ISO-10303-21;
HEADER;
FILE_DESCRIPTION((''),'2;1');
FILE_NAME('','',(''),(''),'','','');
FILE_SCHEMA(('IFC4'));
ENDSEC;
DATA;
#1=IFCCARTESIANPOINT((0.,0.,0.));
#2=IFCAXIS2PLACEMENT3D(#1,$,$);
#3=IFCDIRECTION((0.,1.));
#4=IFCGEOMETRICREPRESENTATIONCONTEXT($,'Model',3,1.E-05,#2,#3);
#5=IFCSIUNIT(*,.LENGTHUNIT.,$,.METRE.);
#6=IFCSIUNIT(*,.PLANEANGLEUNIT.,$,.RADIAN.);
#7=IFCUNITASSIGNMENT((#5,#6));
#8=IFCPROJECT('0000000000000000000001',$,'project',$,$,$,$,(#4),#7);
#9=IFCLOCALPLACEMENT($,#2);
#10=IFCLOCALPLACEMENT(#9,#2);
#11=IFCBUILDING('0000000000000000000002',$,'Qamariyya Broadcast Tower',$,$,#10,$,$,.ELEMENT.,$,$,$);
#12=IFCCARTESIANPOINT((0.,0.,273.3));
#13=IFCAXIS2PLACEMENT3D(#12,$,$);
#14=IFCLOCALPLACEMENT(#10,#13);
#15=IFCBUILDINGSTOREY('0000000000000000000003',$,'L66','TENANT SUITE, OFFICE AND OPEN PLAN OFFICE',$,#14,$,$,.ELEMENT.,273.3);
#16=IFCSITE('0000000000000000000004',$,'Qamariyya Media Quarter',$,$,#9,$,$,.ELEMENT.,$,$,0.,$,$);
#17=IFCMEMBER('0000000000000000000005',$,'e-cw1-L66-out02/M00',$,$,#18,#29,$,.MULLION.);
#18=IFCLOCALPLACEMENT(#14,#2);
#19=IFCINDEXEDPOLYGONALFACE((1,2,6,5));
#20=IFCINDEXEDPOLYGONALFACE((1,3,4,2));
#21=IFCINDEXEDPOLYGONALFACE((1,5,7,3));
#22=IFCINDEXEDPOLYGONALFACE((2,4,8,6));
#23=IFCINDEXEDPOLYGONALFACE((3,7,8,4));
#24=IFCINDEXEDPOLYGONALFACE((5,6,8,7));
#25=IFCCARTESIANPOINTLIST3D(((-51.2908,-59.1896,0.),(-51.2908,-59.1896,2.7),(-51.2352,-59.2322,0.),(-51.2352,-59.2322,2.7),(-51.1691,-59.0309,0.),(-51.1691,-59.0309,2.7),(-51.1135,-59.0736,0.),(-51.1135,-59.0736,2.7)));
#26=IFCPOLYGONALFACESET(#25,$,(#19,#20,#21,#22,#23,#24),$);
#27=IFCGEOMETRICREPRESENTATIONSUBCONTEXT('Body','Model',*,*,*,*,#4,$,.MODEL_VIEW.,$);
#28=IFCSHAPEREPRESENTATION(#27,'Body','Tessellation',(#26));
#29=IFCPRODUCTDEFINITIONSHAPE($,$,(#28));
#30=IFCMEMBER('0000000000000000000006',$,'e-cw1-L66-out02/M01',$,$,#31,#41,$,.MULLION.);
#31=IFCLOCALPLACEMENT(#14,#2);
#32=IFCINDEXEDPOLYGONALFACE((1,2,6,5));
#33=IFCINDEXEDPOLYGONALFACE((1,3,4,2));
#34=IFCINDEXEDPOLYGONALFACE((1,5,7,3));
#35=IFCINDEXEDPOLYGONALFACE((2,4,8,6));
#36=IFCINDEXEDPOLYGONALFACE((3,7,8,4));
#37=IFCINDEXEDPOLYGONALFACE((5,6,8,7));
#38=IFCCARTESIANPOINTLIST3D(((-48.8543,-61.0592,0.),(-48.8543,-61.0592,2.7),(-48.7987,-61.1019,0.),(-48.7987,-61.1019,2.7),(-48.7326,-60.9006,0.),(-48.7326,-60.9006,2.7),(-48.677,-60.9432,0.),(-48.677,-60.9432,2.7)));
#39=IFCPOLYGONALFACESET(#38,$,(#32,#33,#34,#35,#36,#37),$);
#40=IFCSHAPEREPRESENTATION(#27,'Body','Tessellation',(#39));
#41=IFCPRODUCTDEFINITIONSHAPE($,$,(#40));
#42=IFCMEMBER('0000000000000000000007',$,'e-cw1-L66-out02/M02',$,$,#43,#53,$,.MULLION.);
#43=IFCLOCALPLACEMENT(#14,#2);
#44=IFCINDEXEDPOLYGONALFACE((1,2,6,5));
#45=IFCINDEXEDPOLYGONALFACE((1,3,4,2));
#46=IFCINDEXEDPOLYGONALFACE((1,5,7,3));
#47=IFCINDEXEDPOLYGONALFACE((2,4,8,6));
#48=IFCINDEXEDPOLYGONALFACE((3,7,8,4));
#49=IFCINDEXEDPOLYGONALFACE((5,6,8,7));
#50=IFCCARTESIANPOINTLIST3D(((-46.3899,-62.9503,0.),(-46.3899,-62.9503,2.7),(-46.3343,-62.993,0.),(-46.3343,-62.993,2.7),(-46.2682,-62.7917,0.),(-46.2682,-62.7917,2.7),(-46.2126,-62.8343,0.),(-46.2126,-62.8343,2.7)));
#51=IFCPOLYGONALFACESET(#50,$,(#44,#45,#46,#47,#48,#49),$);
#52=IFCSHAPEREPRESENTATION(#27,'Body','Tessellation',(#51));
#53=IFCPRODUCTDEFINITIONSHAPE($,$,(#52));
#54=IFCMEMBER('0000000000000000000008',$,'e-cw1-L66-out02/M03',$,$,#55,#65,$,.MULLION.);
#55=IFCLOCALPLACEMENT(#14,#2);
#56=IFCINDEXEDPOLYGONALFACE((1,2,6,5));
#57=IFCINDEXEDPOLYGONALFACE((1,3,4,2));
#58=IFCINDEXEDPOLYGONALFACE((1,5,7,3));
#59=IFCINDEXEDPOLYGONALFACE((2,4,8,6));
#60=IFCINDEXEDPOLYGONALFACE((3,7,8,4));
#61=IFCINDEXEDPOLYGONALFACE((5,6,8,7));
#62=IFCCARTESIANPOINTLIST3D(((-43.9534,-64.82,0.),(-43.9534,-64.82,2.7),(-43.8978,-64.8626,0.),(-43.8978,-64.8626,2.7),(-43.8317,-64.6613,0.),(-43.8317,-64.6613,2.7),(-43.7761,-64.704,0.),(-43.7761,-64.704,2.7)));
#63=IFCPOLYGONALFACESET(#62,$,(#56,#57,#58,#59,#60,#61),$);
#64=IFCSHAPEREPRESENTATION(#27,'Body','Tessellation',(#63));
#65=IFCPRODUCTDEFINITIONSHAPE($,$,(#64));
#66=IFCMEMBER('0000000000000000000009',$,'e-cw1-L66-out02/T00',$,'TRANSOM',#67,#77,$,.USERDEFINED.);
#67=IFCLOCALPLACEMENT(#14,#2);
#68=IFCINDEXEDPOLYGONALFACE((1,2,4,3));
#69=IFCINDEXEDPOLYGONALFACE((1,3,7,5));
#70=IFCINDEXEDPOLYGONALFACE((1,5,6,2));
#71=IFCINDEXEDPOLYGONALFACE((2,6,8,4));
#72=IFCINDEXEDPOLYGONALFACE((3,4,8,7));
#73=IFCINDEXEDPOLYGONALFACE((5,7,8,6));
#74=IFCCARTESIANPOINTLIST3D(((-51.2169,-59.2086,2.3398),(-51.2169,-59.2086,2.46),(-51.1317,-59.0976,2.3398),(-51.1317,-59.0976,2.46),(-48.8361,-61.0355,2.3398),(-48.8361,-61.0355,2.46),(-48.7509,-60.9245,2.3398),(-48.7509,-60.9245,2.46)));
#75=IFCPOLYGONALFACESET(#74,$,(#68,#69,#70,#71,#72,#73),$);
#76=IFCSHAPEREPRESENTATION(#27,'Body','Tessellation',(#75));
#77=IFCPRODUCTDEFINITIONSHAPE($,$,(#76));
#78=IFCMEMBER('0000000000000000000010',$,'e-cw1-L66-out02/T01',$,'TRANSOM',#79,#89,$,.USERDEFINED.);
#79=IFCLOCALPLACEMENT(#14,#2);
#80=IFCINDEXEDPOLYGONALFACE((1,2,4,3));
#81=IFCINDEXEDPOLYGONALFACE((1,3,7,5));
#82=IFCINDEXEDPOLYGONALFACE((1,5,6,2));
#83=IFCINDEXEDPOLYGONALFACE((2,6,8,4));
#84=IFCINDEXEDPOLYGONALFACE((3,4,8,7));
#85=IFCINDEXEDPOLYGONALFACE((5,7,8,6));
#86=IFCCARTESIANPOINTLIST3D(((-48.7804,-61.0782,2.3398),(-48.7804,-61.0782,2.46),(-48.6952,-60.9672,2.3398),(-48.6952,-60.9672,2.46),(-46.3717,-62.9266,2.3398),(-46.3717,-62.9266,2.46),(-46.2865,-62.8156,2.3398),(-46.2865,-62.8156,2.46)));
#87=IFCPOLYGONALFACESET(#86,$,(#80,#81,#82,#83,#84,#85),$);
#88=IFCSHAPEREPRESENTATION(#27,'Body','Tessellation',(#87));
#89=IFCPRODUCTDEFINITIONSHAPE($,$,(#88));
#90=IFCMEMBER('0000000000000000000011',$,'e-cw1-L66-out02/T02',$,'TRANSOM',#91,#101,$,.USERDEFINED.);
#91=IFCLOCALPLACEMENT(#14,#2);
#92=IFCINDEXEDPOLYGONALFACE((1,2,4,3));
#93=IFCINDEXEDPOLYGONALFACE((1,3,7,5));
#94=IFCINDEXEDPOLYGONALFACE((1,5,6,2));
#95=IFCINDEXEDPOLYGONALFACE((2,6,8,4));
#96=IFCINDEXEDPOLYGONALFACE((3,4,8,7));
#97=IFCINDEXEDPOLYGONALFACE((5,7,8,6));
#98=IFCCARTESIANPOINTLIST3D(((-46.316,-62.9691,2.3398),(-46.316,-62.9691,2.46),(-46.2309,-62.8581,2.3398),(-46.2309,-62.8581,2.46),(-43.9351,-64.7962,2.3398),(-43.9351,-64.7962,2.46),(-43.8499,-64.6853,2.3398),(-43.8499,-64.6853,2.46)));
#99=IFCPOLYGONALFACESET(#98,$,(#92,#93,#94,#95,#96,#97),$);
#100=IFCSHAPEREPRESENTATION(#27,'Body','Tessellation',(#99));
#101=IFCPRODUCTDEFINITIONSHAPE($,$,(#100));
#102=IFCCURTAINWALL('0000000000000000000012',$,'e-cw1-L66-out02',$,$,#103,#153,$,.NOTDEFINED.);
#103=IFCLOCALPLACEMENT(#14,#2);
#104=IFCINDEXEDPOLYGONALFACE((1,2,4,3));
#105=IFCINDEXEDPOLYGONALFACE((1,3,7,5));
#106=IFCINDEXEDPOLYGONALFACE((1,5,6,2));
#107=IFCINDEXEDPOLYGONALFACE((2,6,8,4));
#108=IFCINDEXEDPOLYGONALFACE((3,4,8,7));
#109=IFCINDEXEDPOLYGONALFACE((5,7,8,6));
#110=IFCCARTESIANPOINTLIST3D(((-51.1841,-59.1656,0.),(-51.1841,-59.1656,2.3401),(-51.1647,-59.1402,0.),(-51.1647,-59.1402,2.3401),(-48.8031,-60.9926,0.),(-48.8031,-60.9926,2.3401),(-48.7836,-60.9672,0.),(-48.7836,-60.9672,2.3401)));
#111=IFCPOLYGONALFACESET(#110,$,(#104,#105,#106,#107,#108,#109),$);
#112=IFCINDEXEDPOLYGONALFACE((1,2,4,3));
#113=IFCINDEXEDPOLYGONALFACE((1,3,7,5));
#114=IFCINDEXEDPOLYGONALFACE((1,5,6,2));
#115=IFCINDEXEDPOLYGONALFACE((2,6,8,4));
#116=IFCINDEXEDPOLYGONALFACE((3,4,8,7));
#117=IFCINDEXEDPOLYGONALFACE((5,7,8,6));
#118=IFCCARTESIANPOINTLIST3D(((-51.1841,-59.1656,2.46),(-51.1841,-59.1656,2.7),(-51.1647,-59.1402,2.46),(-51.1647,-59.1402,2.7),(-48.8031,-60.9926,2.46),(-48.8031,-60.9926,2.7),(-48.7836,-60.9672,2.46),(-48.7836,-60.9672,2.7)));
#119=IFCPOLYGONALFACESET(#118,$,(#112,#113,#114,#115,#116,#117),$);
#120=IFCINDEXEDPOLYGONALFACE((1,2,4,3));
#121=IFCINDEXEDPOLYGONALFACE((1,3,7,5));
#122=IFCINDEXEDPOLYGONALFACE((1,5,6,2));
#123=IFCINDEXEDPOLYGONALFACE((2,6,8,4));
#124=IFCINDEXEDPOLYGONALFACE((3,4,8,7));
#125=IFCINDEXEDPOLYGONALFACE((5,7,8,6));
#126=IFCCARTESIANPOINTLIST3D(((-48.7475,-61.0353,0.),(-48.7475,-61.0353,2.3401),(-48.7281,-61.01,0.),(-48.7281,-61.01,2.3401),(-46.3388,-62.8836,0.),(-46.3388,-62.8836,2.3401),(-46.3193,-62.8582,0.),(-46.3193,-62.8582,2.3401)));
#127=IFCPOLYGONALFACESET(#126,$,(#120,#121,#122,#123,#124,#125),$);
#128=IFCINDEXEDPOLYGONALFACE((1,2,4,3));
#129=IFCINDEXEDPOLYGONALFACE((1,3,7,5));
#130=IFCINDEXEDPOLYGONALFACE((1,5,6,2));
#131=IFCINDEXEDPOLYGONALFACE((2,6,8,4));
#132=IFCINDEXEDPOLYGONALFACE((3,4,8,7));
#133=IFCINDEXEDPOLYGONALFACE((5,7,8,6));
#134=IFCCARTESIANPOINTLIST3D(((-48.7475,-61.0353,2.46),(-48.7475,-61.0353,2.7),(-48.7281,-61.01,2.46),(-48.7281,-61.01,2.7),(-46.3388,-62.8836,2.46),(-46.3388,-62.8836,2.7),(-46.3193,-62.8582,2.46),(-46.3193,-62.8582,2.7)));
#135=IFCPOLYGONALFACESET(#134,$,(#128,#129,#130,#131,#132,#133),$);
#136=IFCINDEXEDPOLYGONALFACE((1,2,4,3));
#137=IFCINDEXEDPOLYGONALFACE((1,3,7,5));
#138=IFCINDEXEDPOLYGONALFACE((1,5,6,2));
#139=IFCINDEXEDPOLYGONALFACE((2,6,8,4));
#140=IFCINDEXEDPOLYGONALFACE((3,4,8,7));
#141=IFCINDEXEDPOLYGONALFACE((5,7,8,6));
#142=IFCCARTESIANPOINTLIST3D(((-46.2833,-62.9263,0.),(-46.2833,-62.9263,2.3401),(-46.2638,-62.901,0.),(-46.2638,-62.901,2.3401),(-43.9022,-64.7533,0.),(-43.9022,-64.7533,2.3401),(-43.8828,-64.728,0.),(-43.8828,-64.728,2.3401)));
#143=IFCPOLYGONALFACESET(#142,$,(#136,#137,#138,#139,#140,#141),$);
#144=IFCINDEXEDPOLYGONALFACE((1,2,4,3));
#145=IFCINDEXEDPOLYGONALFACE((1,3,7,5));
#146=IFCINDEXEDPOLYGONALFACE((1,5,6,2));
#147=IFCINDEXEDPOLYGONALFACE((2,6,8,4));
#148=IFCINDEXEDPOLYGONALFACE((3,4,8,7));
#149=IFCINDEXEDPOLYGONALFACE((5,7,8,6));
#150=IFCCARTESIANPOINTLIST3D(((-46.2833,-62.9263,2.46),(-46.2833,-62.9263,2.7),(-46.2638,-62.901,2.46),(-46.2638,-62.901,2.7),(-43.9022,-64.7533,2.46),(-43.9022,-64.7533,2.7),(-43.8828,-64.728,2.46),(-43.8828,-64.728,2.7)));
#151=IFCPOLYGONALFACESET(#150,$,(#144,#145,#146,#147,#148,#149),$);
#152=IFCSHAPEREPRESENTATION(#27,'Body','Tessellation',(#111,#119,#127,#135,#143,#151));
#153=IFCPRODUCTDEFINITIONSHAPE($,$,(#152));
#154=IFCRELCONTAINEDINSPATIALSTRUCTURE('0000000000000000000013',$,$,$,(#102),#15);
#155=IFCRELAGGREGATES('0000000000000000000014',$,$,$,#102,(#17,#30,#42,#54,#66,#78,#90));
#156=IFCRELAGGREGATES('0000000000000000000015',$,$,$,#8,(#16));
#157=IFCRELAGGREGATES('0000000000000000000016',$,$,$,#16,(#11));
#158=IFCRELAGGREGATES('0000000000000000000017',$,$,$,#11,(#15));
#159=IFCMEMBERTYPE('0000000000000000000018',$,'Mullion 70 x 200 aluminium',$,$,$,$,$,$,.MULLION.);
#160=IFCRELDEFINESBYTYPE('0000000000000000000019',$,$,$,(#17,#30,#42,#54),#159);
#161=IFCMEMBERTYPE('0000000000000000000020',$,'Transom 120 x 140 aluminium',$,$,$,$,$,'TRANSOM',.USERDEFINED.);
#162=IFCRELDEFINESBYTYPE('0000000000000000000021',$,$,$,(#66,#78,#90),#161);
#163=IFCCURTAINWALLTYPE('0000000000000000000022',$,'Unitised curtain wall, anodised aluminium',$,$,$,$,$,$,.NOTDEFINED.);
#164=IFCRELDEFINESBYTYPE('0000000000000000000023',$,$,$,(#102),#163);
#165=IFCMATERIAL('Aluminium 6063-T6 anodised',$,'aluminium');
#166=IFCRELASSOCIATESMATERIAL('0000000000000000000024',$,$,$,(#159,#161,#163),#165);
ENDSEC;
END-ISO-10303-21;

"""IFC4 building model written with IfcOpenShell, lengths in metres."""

from ifc_helpers import new_model, si_unit, direction, frame, origin, origin_2d, place, context, subcontext, project, spatial, rectangle, extrude, material, material_profile, profile_set, type_object, element, aggregate, save


model = new_model("IFC4")

# Units and contexts
model_context = context("Model", 3, precision=1e-05, world=origin(), true_north=direction((0.0, 1.0)))
body_context = subcontext(model_context, "Body", "Model", "MODEL_VIEW")
ifc_project = project(units=[si_unit("LENGTHUNIT", "METRE"), si_unit("PLANEANGLEUNIT", "RADIAN")], contexts=[model_context])

# Members
ifc_material = material(Name="Aluminium 6063-T6 anodised", Category="aluminium")
ifc_material_profile_1 = material_profile(ifc_material, rectangle(XDim=0.2, YDim=0.0701, at=origin_2d()))
ifc_profile_set_1 = profile_set([ifc_material_profile_1], Name="Aluminium 6063-T6 anodised")
member_type_1 = type_object("IfcMemberType", Name="Mullion 70 x 200 aluminium", PredefinedType="MULLION", material=ifc_profile_set_1)
site_placement = place(None, origin())
building_placement = place(site_placement, origin())
storey_placement = place(building_placement, frame((0.0, 0.0, 273.3)))
member_1_placement = place(storey_placement, frame((-51.2021, -59.1316, 0.0), z_axis=(0.0, 0.0, 1.0), x_axis=(0.608761, 0.793353, 0.0)))
member_1 = element("IfcMember", 1, at=member_1_placement, type_object=member_type_1, Name="e-cw1-L66-out02/M00", PredefinedType="MULLION", context=body_context, shape_type="SweptSolid", body=[
    extrude(rectangle(XDim=0.2, YDim=0.0701, at=origin_2d()), origin(), (0.0, 0.0, 1.0), 2.7),
])
member_2_placement = place(storey_placement, frame((-48.7656, -61.0012, 0.0), z_axis=(0.0, 0.0, 1.0), x_axis=(0.608761, 0.793353, 0.0)))
member_2 = element("IfcMember", 2, at=member_2_placement, type_object=member_type_1, Name="e-cw1-L66-out02/M01", PredefinedType="MULLION", context=body_context, shape_type="SweptSolid", body=[
    extrude(rectangle(XDim=0.2, YDim=0.0701, at=origin_2d()), origin(), (0.0, 0.0, 1.0), 2.7),
])
member_3_placement = place(storey_placement, frame((-46.3013, -62.8923, 0.0), z_axis=(0.0, 0.0, 1.0), x_axis=(0.608761, 0.793353, 0.0)))
member_3 = element("IfcMember", 3, at=member_3_placement, type_object=member_type_1, Name="e-cw1-L66-out02/M02", PredefinedType="MULLION", context=body_context, shape_type="SweptSolid", body=[
    extrude(rectangle(XDim=0.2, YDim=0.0701, at=origin_2d()), origin(), (0.0, 0.0, 1.0), 2.7),
])
member_4_placement = place(storey_placement, frame((-43.8647, -64.762, 0.0), z_axis=(0.0, 0.0, 1.0), x_axis=(0.608761, 0.793353, 0.0)))
member_4 = element("IfcMember", 4, at=member_4_placement, type_object=member_type_1, Name="e-cw1-L66-out02/M03", PredefinedType="MULLION", context=body_context, shape_type="SweptSolid", body=[
    extrude(rectangle(XDim=0.2, YDim=0.0701, at=origin_2d()), origin(), (0.0, 0.0, 1.0), 2.7),
])
ifc_material_profile_2 = material_profile(ifc_material, rectangle(XDim=0.1399, YDim=0.1201, at=origin_2d()))
ifc_profile_set_2 = profile_set([ifc_material_profile_2], Name="Aluminium 6063-T6 anodised")
member_type_2 = type_object("IfcMemberType", Name="Transom 120 x 140 aluminium", ElementType="TRANSOM", PredefinedType="USERDEFINED", material=ifc_profile_set_2)
member_5_placement = place(storey_placement, frame((-51.1743, -59.1531, 2.3999), z_axis=(0.793352, -0.608763, 0.0), x_axis=(0.608763, 0.793352, 0.0)))
member_5 = element("IfcMember", 5, at=member_5_placement, type_object=member_type_2, Name="e-cw1-L66-out02/T00", ObjectType="TRANSOM", PredefinedType="USERDEFINED", context=body_context, shape_type="SweptSolid", body=[
    extrude(rectangle(XDim=0.1399, YDim=0.1201, at=origin_2d()), origin(), (0.0, 0.0, 1.0), 3.001),
])
member_6_placement = place(storey_placement, frame((-48.7378, -61.0227, 2.3999), z_axis=(0.793332, -0.608789, 0.0), x_axis=(0.608789, 0.793332, 0.0)))
member_6 = element("IfcMember", 6, at=member_6_placement, type_object=member_type_2, Name="e-cw1-L66-out02/T01", ObjectType="TRANSOM", PredefinedType="USERDEFINED", context=body_context, shape_type="SweptSolid", body=[
    extrude(rectangle(XDim=0.1399, YDim=0.1201, at=origin_2d()), origin(), (0.0, 0.0, 1.0), 3.0361),
])
member_7_placement = place(storey_placement, frame((-46.2734, -62.9136, 2.3999), z_axis=(0.793313, -0.608814, 0.0), x_axis=(0.608814, 0.793313, 0.0)))
member_7 = element("IfcMember", 7, at=member_7_placement, type_object=member_type_2, Name="e-cw1-L66-out02/T02", ObjectType="TRANSOM", PredefinedType="USERDEFINED", context=body_context, shape_type="SweptSolid", body=[
    extrude(rectangle(XDim=0.1399, YDim=0.1201, at=origin_2d()), origin(), (0.0, 0.0, 1.0), 3.0012),
])

# Site, building, storey
site = spatial("IfcSite", under=ifc_project, at=site_placement, Name="Qamariyya Media Quarter", CompositionType="ELEMENT", RefElevation=0.0)
building = spatial("IfcBuilding", under=site, at=building_placement, Name="Qamariyya Broadcast Tower", CompositionType="ELEMENT")
storey = spatial("IfcBuildingStorey", under=building, at=storey_placement, Name="L66", Description="TENANT SUITE, OFFICE AND OPEN PLAN OFFICE", CompositionType="ELEMENT", Elevation=273.3)

# Curtain wall
curtain_wall_type = type_object("IfcCurtainWallType", Name="Unitised curtain wall, anodised aluminium", PredefinedType="NOTDEFINED", material=ifc_material)
curtain_wall_1_placement = place(storey_placement, origin())
curtain_wall_1 = element("IfcCurtainWall", 8, at=curtain_wall_1_placement, inside=storey, type_object=curtain_wall_type, Name="e-cw1-L66-out02", PredefinedType="NOTDEFINED", context=body_context, shape_type="SweptSolid", body=[
    extrude(rectangle(XDim=3.0012, YDim=0.032, at=origin_2d()), frame((-49.9839, -60.0664, 0.0), x_axis=(0.793356, -0.608758, 0.0)), (0.0, 0.0, 1.0), 2.3401),
    extrude(rectangle(XDim=3.0012, YDim=0.032, at=origin_2d()), frame((-49.9839, -60.0664, 2.46), x_axis=(0.793356, -0.608758, 0.0)), (0.0, 0.0, 1.0), 0.24),
    extrude(rectangle(XDim=3.0361, YDim=0.032, at=origin_2d()), frame((-47.5334, -61.9468, 0.0), x_axis=(0.793356, -0.608758, 0.0)), (0.0, 0.0, 1.0), 2.3401),
    extrude(rectangle(XDim=3.0361, YDim=0.032, at=origin_2d()), frame((-47.5334, -61.9468, 2.46), x_axis=(0.793356, -0.608758, 0.0)), (0.0, 0.0, 1.0), 0.24),
    extrude(rectangle(XDim=3.0012, YDim=0.032, at=origin_2d()), frame((-45.083, -63.8271, 0.0), x_axis=(0.793356, -0.608758, 0.0)), (0.0, 0.0, 1.0), 2.3401),
    extrude(rectangle(XDim=3.0012, YDim=0.032, at=origin_2d()), frame((-45.083, -63.8271, 2.46), x_axis=(0.793356, -0.608758, 0.0)), (0.0, 0.0, 1.0), 0.24),
])
aggregate(curtain_wall_1, [member_1, member_2, member_3, member_4, member_5, member_6, member_7])

save(model, "model.ifc")
